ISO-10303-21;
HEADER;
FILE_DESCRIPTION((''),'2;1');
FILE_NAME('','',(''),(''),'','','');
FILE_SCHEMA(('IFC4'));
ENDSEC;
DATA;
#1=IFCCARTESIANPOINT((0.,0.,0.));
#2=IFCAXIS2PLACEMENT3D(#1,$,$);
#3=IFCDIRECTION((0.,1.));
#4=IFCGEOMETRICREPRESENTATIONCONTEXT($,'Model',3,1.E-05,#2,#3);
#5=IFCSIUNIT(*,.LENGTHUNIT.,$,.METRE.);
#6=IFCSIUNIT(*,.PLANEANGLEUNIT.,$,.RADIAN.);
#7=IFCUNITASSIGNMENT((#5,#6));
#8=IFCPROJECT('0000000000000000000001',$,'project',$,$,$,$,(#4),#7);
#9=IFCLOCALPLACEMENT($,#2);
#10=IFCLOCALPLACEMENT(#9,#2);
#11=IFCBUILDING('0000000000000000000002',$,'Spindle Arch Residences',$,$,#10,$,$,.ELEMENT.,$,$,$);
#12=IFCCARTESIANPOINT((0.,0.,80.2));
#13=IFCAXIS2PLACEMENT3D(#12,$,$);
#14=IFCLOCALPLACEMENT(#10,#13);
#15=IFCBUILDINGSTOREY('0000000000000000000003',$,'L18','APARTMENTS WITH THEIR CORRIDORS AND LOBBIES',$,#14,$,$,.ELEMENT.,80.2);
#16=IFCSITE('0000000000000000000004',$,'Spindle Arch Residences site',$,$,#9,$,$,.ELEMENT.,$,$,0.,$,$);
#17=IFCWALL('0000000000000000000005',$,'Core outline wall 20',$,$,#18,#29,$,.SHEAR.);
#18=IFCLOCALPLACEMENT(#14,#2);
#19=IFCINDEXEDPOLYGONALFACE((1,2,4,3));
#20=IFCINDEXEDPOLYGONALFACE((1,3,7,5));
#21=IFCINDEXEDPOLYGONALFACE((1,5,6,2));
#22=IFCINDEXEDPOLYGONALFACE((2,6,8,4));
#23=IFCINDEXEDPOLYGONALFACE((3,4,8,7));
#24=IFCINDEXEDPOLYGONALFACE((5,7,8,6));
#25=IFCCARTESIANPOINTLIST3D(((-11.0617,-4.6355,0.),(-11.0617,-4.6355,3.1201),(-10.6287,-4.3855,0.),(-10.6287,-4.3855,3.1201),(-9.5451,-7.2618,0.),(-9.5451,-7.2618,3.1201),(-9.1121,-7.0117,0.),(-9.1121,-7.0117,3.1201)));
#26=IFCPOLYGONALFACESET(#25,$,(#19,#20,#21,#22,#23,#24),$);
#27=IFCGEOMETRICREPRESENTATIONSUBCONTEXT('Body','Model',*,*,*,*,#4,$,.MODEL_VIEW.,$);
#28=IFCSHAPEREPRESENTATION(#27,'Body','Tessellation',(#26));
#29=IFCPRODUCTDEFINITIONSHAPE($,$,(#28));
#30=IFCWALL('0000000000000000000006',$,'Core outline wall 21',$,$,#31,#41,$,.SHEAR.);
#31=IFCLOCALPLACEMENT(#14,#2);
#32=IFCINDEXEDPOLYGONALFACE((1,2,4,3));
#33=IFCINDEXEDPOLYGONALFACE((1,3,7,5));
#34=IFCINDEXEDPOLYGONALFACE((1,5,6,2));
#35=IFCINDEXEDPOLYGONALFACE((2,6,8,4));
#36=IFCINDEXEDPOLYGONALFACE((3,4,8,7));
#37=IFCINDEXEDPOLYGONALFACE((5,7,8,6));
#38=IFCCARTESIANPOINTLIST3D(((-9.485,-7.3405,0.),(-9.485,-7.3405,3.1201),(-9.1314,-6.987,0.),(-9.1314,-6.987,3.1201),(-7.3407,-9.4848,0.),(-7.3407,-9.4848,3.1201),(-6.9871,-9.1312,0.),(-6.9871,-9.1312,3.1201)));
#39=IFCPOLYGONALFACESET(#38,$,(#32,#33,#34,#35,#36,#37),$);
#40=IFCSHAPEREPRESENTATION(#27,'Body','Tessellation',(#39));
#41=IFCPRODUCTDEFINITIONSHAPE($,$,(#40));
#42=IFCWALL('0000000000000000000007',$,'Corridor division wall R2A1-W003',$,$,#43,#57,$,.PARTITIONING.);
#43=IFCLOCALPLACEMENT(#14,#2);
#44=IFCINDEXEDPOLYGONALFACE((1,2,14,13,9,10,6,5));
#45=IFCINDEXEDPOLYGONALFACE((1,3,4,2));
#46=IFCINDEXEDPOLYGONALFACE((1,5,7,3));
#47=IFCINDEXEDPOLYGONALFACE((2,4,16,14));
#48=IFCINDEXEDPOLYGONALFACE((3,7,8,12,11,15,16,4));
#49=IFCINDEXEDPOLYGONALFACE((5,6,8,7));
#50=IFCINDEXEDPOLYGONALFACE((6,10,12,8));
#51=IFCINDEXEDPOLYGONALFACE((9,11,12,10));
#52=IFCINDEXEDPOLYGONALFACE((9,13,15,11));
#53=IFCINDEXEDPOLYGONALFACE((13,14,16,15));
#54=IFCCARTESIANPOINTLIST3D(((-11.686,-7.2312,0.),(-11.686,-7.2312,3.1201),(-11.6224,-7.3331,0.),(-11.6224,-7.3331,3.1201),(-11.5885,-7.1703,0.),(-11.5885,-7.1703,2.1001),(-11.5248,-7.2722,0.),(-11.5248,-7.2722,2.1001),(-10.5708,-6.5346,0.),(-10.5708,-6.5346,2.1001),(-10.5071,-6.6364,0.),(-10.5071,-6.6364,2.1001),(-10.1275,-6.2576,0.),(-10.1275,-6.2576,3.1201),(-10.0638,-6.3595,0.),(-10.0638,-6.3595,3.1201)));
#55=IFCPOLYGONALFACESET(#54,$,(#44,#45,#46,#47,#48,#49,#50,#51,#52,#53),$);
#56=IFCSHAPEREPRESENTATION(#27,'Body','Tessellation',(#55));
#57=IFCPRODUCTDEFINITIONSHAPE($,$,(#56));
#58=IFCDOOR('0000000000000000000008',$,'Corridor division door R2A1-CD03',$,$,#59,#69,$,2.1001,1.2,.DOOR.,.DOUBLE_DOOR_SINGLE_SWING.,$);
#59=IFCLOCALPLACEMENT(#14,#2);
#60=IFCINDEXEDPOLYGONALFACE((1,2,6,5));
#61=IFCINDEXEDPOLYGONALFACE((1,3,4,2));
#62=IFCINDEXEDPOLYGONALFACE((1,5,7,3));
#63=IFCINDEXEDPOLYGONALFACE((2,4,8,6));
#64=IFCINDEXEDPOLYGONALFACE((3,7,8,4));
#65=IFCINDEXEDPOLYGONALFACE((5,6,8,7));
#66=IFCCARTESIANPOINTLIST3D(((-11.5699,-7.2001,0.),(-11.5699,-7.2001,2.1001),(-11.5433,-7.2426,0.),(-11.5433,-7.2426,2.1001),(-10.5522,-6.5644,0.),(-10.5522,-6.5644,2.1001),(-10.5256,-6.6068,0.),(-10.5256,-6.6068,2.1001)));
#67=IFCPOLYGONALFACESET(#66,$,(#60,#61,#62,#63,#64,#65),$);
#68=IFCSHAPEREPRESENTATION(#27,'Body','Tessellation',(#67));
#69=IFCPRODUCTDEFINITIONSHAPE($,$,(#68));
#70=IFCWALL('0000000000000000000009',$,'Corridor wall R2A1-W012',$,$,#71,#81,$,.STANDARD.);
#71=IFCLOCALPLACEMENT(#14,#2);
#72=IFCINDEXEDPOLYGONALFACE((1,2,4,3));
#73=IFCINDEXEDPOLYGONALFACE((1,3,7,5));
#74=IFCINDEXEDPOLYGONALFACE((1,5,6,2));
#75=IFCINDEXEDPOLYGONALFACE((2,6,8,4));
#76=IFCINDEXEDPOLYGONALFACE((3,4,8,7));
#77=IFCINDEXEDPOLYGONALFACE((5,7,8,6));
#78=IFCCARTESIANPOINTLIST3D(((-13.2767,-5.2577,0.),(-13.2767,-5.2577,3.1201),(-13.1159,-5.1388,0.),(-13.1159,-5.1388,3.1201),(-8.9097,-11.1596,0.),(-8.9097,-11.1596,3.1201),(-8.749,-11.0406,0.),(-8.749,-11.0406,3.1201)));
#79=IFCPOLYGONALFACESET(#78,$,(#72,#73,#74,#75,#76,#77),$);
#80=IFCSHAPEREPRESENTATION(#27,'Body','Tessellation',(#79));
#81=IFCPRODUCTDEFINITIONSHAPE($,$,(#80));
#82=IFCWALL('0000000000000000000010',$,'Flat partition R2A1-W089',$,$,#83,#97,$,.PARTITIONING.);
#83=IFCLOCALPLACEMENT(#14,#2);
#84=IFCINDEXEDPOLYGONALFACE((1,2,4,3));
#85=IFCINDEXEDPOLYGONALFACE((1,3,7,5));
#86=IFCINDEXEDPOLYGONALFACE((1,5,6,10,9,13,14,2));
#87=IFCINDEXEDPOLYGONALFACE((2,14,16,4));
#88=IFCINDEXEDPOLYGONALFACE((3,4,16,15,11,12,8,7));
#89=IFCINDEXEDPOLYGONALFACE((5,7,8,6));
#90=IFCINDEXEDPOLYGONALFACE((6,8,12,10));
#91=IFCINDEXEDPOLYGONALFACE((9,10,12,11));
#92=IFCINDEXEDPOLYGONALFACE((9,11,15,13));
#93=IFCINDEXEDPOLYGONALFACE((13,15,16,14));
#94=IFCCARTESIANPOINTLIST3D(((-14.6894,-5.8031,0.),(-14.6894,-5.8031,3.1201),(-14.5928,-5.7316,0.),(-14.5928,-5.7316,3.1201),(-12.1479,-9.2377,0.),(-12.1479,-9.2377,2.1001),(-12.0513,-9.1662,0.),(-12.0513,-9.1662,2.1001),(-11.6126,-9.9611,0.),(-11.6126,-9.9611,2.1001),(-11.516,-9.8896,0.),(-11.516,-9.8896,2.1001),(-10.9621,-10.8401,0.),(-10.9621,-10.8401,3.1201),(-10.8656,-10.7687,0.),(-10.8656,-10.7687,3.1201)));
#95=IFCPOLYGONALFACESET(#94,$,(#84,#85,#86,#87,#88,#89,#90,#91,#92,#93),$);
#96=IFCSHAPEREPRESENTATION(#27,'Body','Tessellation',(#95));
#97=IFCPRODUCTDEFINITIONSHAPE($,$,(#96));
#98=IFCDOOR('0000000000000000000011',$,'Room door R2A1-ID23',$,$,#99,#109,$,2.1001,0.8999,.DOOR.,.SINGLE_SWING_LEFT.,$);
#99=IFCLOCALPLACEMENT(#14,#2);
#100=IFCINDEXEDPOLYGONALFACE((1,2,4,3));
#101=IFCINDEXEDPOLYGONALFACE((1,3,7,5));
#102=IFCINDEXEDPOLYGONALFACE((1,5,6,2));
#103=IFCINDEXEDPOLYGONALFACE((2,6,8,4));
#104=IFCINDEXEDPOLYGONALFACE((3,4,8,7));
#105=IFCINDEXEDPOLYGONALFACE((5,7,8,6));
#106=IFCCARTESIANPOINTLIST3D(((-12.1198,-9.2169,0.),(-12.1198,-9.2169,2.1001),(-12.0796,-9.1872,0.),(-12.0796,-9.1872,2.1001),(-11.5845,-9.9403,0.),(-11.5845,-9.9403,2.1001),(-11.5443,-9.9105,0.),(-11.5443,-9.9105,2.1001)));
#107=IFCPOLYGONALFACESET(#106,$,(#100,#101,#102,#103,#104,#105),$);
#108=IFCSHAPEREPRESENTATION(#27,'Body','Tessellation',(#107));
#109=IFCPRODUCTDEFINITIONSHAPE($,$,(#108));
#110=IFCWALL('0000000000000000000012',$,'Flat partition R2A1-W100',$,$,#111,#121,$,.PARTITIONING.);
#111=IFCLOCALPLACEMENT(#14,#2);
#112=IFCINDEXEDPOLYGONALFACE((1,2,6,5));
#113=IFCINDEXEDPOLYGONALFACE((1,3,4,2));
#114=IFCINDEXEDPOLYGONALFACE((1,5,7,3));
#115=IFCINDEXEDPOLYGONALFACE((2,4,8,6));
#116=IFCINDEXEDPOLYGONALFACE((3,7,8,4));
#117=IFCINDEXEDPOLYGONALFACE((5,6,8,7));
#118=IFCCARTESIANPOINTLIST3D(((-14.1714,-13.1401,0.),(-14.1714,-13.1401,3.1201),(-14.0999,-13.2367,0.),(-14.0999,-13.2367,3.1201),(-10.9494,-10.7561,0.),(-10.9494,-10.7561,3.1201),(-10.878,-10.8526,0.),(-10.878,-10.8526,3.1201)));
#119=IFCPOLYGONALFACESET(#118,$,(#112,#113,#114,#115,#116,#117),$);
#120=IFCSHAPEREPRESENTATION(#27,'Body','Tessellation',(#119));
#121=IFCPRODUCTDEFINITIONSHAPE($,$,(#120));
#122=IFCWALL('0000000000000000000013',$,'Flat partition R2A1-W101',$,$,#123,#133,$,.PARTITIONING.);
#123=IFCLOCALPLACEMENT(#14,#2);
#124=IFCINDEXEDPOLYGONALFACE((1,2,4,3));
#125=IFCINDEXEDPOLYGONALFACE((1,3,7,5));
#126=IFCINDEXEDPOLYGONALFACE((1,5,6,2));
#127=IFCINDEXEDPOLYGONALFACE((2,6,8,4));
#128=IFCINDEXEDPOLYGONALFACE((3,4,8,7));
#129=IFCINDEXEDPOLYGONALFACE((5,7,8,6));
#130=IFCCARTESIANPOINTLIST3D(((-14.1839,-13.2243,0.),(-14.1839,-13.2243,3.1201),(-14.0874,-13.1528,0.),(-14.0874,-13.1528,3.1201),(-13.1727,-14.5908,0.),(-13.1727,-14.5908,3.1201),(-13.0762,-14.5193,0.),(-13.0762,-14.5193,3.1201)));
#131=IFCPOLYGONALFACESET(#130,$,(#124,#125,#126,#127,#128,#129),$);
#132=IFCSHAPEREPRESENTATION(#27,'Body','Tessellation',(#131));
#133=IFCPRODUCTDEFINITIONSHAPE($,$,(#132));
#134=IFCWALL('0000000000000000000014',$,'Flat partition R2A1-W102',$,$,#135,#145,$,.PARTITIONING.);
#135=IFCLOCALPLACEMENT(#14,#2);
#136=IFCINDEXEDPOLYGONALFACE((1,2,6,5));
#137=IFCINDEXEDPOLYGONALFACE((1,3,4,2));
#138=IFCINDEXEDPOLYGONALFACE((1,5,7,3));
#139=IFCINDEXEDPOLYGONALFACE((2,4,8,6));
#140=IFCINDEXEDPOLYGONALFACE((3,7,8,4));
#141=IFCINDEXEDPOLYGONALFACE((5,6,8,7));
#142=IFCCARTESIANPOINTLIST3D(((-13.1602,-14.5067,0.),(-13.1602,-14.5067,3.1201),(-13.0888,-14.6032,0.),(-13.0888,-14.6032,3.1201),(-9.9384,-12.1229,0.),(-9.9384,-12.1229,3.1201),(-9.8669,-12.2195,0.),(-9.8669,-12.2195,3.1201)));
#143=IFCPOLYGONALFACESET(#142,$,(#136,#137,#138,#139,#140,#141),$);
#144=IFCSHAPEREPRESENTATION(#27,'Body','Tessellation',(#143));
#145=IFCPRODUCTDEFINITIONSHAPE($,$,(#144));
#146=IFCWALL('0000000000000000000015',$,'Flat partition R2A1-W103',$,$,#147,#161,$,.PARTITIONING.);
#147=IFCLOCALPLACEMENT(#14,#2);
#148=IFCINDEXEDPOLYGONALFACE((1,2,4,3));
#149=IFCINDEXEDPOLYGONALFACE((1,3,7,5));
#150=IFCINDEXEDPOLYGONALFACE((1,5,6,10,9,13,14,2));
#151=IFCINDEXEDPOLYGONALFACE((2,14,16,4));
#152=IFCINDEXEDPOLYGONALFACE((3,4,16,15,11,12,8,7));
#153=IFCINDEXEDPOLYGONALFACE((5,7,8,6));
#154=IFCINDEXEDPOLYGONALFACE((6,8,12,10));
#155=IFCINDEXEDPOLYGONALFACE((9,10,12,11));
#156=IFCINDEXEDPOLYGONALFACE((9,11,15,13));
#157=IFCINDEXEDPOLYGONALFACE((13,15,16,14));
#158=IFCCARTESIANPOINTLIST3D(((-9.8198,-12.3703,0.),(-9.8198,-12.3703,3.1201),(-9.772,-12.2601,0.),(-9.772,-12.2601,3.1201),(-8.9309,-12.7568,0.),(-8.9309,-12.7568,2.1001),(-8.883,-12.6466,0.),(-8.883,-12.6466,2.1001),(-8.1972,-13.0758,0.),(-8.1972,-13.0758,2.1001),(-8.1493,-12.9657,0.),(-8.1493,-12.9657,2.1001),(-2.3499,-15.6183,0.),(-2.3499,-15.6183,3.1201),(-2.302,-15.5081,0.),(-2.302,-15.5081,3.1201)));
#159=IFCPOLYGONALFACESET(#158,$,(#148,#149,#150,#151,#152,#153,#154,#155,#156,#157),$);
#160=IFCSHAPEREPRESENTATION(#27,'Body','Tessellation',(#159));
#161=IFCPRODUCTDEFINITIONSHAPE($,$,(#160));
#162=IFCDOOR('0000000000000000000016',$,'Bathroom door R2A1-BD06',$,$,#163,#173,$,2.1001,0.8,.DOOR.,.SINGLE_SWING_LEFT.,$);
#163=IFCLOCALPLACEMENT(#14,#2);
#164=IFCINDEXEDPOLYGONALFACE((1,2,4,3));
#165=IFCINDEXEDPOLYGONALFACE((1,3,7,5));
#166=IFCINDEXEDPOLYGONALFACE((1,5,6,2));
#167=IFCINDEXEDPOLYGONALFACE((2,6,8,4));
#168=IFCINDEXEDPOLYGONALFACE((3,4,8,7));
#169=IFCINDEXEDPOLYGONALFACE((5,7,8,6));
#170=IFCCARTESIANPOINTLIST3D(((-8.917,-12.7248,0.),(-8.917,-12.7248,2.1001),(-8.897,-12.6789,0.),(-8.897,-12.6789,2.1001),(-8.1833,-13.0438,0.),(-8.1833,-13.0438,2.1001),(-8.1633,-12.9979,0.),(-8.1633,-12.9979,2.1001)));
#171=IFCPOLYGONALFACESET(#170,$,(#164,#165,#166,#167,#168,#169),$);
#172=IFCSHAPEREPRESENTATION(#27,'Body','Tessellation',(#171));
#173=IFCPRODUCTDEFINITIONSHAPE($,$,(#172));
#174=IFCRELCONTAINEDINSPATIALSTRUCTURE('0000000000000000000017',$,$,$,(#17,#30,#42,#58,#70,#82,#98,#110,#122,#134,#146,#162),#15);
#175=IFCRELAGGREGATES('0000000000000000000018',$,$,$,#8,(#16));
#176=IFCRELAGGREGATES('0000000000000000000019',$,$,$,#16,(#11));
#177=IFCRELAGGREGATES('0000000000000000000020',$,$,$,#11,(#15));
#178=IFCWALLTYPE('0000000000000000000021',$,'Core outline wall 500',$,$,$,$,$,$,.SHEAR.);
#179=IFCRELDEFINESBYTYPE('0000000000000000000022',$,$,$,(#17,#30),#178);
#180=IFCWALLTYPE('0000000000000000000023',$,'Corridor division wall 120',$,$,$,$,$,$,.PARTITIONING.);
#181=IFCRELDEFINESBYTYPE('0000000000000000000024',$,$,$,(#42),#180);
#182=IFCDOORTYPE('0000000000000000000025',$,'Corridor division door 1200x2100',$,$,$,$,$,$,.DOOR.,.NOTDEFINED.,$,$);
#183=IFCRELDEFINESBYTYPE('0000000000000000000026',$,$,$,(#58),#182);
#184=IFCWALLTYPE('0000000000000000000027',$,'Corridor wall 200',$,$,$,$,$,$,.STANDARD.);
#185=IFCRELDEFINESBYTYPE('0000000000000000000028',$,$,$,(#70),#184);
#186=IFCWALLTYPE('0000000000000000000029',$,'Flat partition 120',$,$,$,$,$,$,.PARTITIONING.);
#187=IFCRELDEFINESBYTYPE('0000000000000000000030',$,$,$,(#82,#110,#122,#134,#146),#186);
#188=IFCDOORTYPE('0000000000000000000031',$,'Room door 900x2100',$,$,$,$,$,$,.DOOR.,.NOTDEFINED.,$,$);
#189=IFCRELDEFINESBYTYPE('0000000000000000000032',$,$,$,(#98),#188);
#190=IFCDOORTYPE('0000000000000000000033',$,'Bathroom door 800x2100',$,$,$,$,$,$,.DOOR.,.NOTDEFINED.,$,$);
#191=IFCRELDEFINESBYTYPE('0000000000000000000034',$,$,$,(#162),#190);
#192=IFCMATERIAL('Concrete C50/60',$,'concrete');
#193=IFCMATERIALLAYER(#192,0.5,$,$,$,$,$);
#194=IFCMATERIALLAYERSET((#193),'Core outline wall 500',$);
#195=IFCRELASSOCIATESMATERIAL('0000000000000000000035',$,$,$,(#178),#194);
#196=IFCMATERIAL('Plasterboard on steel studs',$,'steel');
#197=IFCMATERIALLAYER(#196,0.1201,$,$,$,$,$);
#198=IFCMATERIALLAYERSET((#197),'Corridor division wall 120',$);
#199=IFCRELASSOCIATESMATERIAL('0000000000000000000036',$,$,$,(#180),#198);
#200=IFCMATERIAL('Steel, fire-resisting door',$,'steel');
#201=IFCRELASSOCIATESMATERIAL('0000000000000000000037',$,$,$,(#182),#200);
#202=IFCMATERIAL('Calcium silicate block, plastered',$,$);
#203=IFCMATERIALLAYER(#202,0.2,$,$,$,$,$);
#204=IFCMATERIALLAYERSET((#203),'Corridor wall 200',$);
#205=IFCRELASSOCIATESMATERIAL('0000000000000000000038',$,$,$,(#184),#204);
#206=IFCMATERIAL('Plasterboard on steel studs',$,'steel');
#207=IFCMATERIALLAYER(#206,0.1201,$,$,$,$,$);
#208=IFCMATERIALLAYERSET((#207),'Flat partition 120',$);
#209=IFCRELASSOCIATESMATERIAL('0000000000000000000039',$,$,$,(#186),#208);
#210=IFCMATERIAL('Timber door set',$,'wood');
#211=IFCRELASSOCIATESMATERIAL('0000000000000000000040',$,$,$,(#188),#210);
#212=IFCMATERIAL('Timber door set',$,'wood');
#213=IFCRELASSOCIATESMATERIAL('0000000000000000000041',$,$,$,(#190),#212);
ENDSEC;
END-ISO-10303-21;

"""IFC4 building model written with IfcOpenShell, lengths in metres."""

from ifc_helpers import new_model, si_unit, direction, frame, frame_2d, origin, place, context, subcontext, project, spatial, rectangle, extrude, material, layer, layer_set, type_object, element, fill, save


model = new_model("IFC4")

# Units and contexts
model_context = context("Model", 3, precision=1e-05, world=origin(), true_north=direction((0.0, 1.0)))
body_context = subcontext(model_context, "Body", "Model", "MODEL_VIEW")
ifc_project = project(units=[si_unit("LENGTHUNIT", "METRE"), si_unit("PLANEANGLEUNIT", "RADIAN")], contexts=[model_context])

# Site, building, storey
site_placement = place(None, origin())
site = spatial("IfcSite", under=ifc_project, at=site_placement, Name="Spindle Arch Residences site", CompositionType="ELEMENT", RefElevation=0.0)
building_placement = place(site_placement, origin())
building = spatial("IfcBuilding", under=site, at=building_placement, Name="Spindle Arch Residences", CompositionType="ELEMENT")
storey_placement = place(building_placement, frame((0.0, 0.0, 80.2)))
storey = spatial("IfcBuildingStorey", under=building, at=storey_placement, Name="L18", Description="APARTMENTS WITH THEIR CORRIDORS AND LOBBIES", CompositionType="ELEMENT", Elevation=80.2)

# Walls
ifc_material_1 = material(Name="Concrete C50/60", Category="concrete")
ifc_layer_1 = layer(ifc_material_1, 0.5)
ifc_layer_set_1 = layer_set([ifc_layer_1], Name="Core outline wall 500")
wall_type_1 = type_object("IfcWallType", Name="Core outline wall 500", PredefinedType="SHEAR", material=ifc_layer_set_1)
wall_1_placement = place(storey_placement, frame((-10.8452, -4.5105, 0.0), z_axis=(0.0, 0.0, 1.0), x_axis=(0.500087, -0.865975, 0.0)))
element("IfcWall", 1, at=wall_1_placement, inside=storey, type_object=wall_type_1, Name="Core outline wall 20", PredefinedType="SHEAR", context=body_context, shape_type="SweptSolid", body=[
    extrude(rectangle(XDim=3.0327, YDim=0.5, at=frame_2d((1.5164, 0.0))), origin(), (0.0, 0.0, 1.0), 3.1201),
])
wall_2_placement = place(storey_placement, frame((-9.3081, -7.1638, 0.0), z_axis=(0.0, 0.0, 1.0), x_axis=(0.707107, -0.707107, 0.0)))
element("IfcWall", 2, at=wall_2_placement, inside=storey, type_object=wall_type_1, Name="Core outline wall 21", PredefinedType="SHEAR", context=body_context, shape_type="SweptSolid", body=[
    extrude(rectangle(XDim=3.0325, YDim=0.5, at=frame_2d((1.5161, 0.0))), origin(), (0.0, 0.0, 1.0), 3.1201),
])

# Wall, opening, door
ifc_material_2 = material(Name="Plasterboard on steel studs", Category="steel")
ifc_layer_2 = layer(ifc_material_2, 0.1201)
ifc_layer_set_2 = layer_set([ifc_layer_2], Name="Corridor division wall 120")
wall_type_2 = type_object("IfcWallType", Name="Corridor division wall 120", PredefinedType="PARTITIONING", material=ifc_layer_set_2)
wall_3_placement = place(storey_placement, frame((-11.6543, -7.2822, 0.0), z_axis=(0.0, 0.0, 1.0), x_axis=(0.848118, 0.529808, 0.0)))
wall_3 = element("IfcWall", 3, at=wall_3_placement, inside=storey, type_object=wall_type_2, Name="Corridor division wall R2A1-W003", PredefinedType="PARTITIONING", context=body_context, shape_type="SweptSolid", body=[
    extrude(rectangle(XDim=1.8376, YDim=0.1201, at=frame_2d((0.9189, 0.0))), origin(), (0.0, 0.0, 1.0), 3.1201),
])
opening_1_placement = place(wall_3_placement, frame((0.115, 0.0, 0.0)))
opening_1 = element("IfcOpeningElement", 4, at=opening_1_placement, cuts=wall_3, PredefinedType="OPENING", context=body_context, shape_type="SweptSolid", body=[
    extrude(rectangle(XDim=1.2, YDim=2.1001, at=frame_2d((0.6001, 1.05))), frame((0.0, 0.0701, 0.0), z_axis=(0.0, -1.0, 0.0), x_axis=(1.0, 0.0, 0.0)), (0.0, 0.0, 1.0), 0.1401),
])
ifc_material_3 = material(Name="Steel, fire-resisting door", Category="steel")
door_type_1 = type_object("IfcDoorType", Name="Corridor division door 1200x2100", OperationType="NOTDEFINED", PredefinedType="DOOR", material=ifc_material_3)
door_1_placement = place(opening_1_placement, origin())
door_1 = element("IfcDoor", 5, at=door_1_placement, inside=storey, type_object=door_type_1, Name="Corridor division door R2A1-CD03", OperationType="DOUBLE_DOOR_SINGLE_SWING", OverallHeight=2.1001, OverallWidth=1.2, PredefinedType="DOOR", context=body_context, shape_type="SweptSolid", body=[
    extrude(rectangle(XDim=1.2, YDim=2.1001, at=frame_2d((0.6001, 1.05))), frame((0.0, 0.0249, 0.0), z_axis=(0.0, -1.0, 0.0), x_axis=(1.0, 0.0, 0.0)), (0.0, 0.0, 1.0), 0.05),
])
fill(opening_1, door_1)

# Wall
ifc_material_4 = material(Name="Calcium silicate block, plastered")
ifc_layer_3 = layer(ifc_material_4, 0.2)
ifc_layer_set_3 = layer_set([ifc_layer_3], Name="Corridor wall 200")
wall_type_3 = type_object("IfcWallType", Name="Corridor wall 200", PredefinedType="STANDARD", material=ifc_layer_set_3)
wall_4_placement = place(storey_placement, frame((-13.1963, -5.1982, 0.0), z_axis=(0.0, 0.0, 1.0), x_axis=(0.594805, -0.80387, 0.0)))
element("IfcWall", 6, at=wall_4_placement, inside=storey, type_object=wall_type_3, Name="Corridor wall R2A1-W012", PredefinedType="STANDARD", context=body_context, shape_type="SweptSolid", body=[
    extrude(rectangle(XDim=7.3418, YDim=0.2, at=frame_2d((3.6709, 0.0))), origin(), (0.0, 0.0, 1.0), 3.1201),
])

# Wall, opening, door
ifc_material_5 = material(Name="Plasterboard on steel studs", Category="steel")
ifc_layer_4 = layer(ifc_material_5, 0.1201)
ifc_layer_set_4 = layer_set([ifc_layer_4], Name="Flat partition 120")
wall_type_4 = type_object("IfcWallType", Name="Flat partition 120", PredefinedType="PARTITIONING", material=ifc_layer_set_4)
wall_5_placement = place(storey_placement, frame((-14.6411, -5.7673, 0.0), z_axis=(0.0, 0.0, 1.0), x_axis=(0.594826, -0.803855, 0.0)))
wall_5 = element("IfcWall", 7, at=wall_5_placement, inside=storey, type_object=wall_type_4, Name="Flat partition R2A1-W089", PredefinedType="PARTITIONING", context=body_context, shape_type="SweptSolid", body=[
    extrude(rectangle(XDim=6.2661, YDim=0.1201, at=frame_2d((3.1331, 0.0))), origin(), (0.0, 0.0, 1.0), 3.1201),
])
opening_2_placement = place(wall_5_placement, frame((4.2727, 0.0, 0.0)))
opening_2 = element("IfcOpeningElement", 8, at=opening_2_placement, cuts=wall_5, PredefinedType="OPENING", context=body_context, shape_type="SweptSolid", body=[
    extrude(rectangle(XDim=0.8999, YDim=2.1001, at=frame_2d((0.45, 1.05))), frame((0.0, 0.0701, 0.0), z_axis=(0.0, -1.0, 0.0), x_axis=(1.0, 0.0, 0.0)), (0.0, 0.0, 1.0), 0.1401),
])
ifc_material_6 = material(Name="Timber door set", Category="wood")
door_type_2 = type_object("IfcDoorType", Name="Room door 900x2100", OperationType="NOTDEFINED", PredefinedType="DOOR", material=ifc_material_6)
door_2_placement = place(opening_2_placement, origin())
door_2 = element("IfcDoor", 9, at=door_2_placement, inside=storey, type_object=door_type_2, Name="Room door R2A1-ID23", OperationType="SINGLE_SWING_LEFT", OverallHeight=2.1001, OverallWidth=0.8999, PredefinedType="DOOR", context=body_context, shape_type="SweptSolid", body=[
    extrude(rectangle(XDim=0.8999, YDim=2.1001, at=frame_2d((0.45, 1.05))), frame((0.0, 0.0249, 0.0), z_axis=(0.0, -1.0, 0.0), x_axis=(1.0, 0.0, 0.0)), (0.0, 0.0, 1.0), 0.05),
])
fill(opening_2, door_2)

# Walls
wall_6_placement = place(storey_placement, frame((-10.9138, -10.8044, 0.0), z_axis=(0.0, 0.0, 1.0), x_axis=(-0.803865, -0.594812, 0.0)))
element("IfcWall", 10, at=wall_6_placement, inside=storey, type_object=wall_type_4, Name="Flat partition R2A1-W100", PredefinedType="PARTITIONING", context=body_context, shape_type="SweptSolid", body=[
    extrude(rectangle(XDim=4.0081, YDim=0.1201, at=frame_2d((2.0039, 0.0))), origin(), (0.0, 0.0, 1.0), 3.1201),
])
wall_7_placement = place(storey_placement, frame((-14.1357, -13.1885, 0.0), z_axis=(0.0, 0.0, 1.0), x_axis=(0.594863, -0.803827, 0.0)))
element("IfcWall", 11, at=wall_7_placement, inside=storey, type_object=wall_type_4, Name="Flat partition R2A1-W101", PredefinedType="PARTITIONING", context=body_context, shape_type="SweptSolid", body=[
    extrude(rectangle(XDim=1.7, YDim=0.1201, at=frame_2d((0.8501, 0.0))), origin(), (0.0, 0.0, 1.0), 3.1201),
])
wall_8_placement = place(storey_placement, frame((-13.1245, -14.5549, 0.0), z_axis=(0.0, 0.0, 1.0), x_axis=(0.803894, 0.594773, 0.0)))
element("IfcWall", 12, at=wall_8_placement, inside=storey, type_object=wall_type_4, Name="Flat partition R2A1-W102", PredefinedType="PARTITIONING", context=body_context, shape_type="SweptSolid", body=[
    extrude(rectangle(XDim=4.0078, YDim=0.1201, at=frame_2d((2.0039, 0.0))), origin(), (0.0, 0.0, 1.0), 3.1201),
])

# Wall, opening, door
wall_9_placement = place(storey_placement, frame((-9.7959, -12.3152, 0.0), z_axis=(0.0, 0.0, 1.0), x_axis=(0.91706, -0.39875, 0.0)))
wall_9 = element("IfcWall", 13, at=wall_9_placement, inside=storey, type_object=wall_type_4, Name="Flat partition R2A1-W103", PredefinedType="PARTITIONING", context=body_context, shape_type="SweptSolid", body=[
    extrude(rectangle(XDim=8.1455, YDim=0.1201, at=frame_2d((4.0728, 0.0))), origin(), (0.0, 0.0, 1.0), 3.1201),
])
opening_3_placement = place(wall_9_placement, frame((0.9695, 0.0, 0.0)))
opening_3 = element("IfcOpeningElement", 14, at=opening_3_placement, cuts=wall_9, PredefinedType="OPENING", context=body_context, shape_type="SweptSolid", body=[
    extrude(rectangle(XDim=0.8, YDim=2.1001, at=frame_2d((0.3999, 1.05))), frame((0.0, 0.0701, 0.0), z_axis=(0.0, -1.0, 0.0), x_axis=(1.0, 0.0, 0.0)), (0.0, 0.0, 1.0), 0.1401),
])
ifc_material_7 = material(Name="Timber door set", Category="wood")
door_type_3 = type_object("IfcDoorType", Name="Bathroom door 800x2100", OperationType="NOTDEFINED", PredefinedType="DOOR", material=ifc_material_7)
door_3_placement = place(opening_3_placement, origin())
door_3 = element("IfcDoor", 15, at=door_3_placement, inside=storey, type_object=door_type_3, Name="Bathroom door R2A1-BD06", OperationType="SINGLE_SWING_LEFT", OverallHeight=2.1001, OverallWidth=0.8, PredefinedType="DOOR", context=body_context, shape_type="SweptSolid", body=[
    extrude(rectangle(XDim=0.8, YDim=2.1001, at=frame_2d((0.3999, 1.05))), frame((0.0, 0.0249, 0.0), z_axis=(0.0, -1.0, 0.0), x_axis=(1.0, 0.0, 0.0)), (0.0, 0.0, 1.0), 0.05),
])
fill(opening_3, door_3)

save(model, "model.ifc")
